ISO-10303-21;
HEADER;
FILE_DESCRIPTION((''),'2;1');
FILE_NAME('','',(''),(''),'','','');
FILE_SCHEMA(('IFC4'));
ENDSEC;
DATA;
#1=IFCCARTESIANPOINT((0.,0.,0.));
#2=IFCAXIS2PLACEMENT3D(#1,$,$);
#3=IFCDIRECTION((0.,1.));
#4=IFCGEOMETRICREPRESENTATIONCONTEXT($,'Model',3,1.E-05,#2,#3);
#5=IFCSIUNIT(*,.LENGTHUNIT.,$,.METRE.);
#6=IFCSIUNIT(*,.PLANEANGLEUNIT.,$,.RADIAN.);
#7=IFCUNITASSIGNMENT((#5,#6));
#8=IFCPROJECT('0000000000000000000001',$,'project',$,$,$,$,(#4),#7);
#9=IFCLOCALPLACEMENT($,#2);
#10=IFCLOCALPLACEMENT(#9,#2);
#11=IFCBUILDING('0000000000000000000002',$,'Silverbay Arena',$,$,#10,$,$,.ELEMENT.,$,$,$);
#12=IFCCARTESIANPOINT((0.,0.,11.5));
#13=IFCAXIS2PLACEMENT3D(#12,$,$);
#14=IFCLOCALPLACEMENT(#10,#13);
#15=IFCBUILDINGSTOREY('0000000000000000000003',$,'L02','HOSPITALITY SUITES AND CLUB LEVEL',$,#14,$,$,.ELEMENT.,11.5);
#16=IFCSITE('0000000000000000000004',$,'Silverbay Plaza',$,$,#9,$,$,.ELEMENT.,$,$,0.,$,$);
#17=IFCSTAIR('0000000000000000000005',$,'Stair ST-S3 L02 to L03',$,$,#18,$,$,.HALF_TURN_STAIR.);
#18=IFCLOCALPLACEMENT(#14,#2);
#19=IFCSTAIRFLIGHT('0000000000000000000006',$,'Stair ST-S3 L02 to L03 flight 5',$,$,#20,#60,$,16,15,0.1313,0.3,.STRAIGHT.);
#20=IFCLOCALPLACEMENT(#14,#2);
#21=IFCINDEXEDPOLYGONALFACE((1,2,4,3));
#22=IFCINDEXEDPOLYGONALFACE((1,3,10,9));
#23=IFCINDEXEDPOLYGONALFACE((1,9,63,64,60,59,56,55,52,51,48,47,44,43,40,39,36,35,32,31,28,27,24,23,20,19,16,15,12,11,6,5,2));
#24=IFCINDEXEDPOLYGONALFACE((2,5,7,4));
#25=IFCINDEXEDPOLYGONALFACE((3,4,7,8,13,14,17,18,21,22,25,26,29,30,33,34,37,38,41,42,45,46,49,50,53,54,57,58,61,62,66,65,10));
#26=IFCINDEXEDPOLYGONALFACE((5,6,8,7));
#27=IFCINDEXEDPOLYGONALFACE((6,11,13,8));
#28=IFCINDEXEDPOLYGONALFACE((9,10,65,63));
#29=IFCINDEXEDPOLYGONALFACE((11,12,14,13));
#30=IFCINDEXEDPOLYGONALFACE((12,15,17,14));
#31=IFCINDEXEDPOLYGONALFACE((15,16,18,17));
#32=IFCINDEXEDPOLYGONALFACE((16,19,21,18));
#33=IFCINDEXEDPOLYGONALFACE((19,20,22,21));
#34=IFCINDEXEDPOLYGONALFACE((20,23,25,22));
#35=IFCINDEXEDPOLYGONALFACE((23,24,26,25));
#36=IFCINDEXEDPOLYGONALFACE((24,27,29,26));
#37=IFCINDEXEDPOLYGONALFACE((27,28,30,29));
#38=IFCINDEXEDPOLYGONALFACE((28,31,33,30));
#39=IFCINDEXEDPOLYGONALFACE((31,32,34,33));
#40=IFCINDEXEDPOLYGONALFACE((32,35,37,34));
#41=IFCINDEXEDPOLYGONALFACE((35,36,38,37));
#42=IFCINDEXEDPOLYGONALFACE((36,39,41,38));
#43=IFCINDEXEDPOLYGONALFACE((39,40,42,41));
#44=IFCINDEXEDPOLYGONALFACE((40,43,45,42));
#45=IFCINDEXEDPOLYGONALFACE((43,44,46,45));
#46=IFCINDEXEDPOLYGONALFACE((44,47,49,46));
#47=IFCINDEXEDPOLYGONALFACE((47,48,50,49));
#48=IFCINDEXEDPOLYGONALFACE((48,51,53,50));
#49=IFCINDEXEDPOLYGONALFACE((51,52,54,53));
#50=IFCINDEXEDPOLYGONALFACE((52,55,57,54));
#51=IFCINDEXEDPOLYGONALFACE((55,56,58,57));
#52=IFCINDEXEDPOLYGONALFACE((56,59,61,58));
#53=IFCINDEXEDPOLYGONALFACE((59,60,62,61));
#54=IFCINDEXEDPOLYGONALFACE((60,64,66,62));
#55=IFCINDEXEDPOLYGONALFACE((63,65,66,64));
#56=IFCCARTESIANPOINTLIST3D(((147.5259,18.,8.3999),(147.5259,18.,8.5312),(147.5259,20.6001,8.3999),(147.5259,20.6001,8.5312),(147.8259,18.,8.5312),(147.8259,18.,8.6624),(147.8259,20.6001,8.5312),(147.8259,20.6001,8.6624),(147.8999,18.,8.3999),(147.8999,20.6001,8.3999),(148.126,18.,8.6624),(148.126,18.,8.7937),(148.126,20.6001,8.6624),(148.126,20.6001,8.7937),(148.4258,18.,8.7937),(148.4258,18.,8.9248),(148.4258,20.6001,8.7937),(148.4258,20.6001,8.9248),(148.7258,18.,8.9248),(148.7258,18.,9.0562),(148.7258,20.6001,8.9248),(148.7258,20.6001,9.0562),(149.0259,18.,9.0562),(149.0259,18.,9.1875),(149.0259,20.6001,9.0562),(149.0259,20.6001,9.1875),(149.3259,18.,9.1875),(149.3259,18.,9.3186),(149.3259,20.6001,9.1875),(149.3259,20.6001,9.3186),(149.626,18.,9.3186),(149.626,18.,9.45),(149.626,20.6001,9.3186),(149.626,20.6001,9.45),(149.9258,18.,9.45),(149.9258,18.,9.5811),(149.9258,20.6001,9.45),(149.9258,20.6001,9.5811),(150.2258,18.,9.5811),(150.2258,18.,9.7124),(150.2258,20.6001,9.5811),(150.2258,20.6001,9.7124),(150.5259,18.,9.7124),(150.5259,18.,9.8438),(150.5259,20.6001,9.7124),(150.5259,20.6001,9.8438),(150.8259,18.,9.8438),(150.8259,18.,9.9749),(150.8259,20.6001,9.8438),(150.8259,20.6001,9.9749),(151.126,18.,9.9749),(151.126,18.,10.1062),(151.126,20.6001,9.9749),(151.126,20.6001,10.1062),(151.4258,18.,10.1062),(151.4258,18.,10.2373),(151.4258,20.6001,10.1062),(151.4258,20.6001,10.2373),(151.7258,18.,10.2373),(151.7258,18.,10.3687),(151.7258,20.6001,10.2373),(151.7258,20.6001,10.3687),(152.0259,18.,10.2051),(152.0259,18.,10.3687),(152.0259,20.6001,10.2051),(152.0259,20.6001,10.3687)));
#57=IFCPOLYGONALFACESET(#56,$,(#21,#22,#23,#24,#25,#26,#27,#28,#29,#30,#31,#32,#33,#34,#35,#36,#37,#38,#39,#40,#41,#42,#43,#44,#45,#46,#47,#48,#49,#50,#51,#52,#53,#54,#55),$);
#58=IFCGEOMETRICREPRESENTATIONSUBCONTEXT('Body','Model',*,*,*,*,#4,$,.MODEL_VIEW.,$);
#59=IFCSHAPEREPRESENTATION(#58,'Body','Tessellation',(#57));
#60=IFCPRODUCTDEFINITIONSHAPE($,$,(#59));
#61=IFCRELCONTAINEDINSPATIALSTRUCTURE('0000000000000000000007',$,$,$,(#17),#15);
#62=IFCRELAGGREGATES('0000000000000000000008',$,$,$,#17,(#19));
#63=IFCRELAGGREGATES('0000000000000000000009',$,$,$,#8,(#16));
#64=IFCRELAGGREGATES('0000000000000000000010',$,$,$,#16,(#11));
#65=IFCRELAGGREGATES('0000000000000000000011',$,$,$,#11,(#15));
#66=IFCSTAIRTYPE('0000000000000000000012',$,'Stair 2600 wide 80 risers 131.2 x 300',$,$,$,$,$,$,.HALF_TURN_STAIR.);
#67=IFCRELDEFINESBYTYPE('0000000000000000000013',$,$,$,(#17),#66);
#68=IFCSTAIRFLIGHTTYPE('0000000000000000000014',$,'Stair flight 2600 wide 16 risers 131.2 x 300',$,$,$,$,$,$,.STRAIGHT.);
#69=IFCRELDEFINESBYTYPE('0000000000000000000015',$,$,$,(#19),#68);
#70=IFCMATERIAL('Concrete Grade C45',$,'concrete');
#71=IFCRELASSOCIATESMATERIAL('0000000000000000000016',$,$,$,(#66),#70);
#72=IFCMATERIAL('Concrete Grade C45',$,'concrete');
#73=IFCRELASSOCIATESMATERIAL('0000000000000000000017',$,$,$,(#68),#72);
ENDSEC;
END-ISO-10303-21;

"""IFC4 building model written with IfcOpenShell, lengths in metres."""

from ifc_helpers import new_model, si_unit, direction, frame, origin, place, context, subcontext, project, spatial, polyline, outline, extrude, material, type_object, element, aggregate, save


model = new_model("IFC4")

# Units and contexts
model_context = context("Model", 3, precision=1e-05, world=origin(), true_north=direction((0.0, 1.0)))
body_context = subcontext(model_context, "Body", "Model", "MODEL_VIEW")
ifc_project = project(units=[si_unit("LENGTHUNIT", "METRE"), si_unit("PLANEANGLEUNIT", "RADIAN")], contexts=[model_context])

# Site, building, storey
site_placement = place(None, origin())
site = spatial("IfcSite", under=ifc_project, at=site_placement, Name="Silverbay Plaza", CompositionType="ELEMENT", RefElevation=0.0)
building_placement = place(site_placement, origin())
building = spatial("IfcBuilding", under=site, at=building_placement, Name="Silverbay Arena", CompositionType="ELEMENT")
storey_placement = place(building_placement, frame((0.0, 0.0, 11.5)))
storey = spatial("IfcBuildingStorey", under=building, at=storey_placement, Name="L02", Description="HOSPITALITY SUITES AND CLUB LEVEL", CompositionType="ELEMENT", Elevation=11.5)

# Stair, stair flight
ifc_material_1 = material(Name="Concrete Grade C45", Category="concrete")
stair_type = type_object("IfcStairType", Name="Stair 2600 wide 80 risers 131.2 x 300", PredefinedType="HALF_TURN_STAIR", material=ifc_material_1)
stair_placement = place(storey_placement, origin())
stair = element("IfcStair", 1, at=stair_placement, inside=storey, type_object=stair_type, Name="Stair ST-S3 L02 to L03", PredefinedType="HALF_TURN_STAIR")
ifc_material_2 = material(Name="Concrete Grade C45", Category="concrete")
stair_flight_type = type_object("IfcStairFlightType", Name="Stair flight 2600 wide 16 risers 131.2 x 300", PredefinedType="STRAIGHT", material=ifc_material_2)
stair_flight_1_placement = place(storey_placement, frame((147.5259, 19.3, 8.3999), z_axis=(0.0, 0.0, 1.0), x_axis=(1.0, 0.0, 0.0)))
stair_flight_1 = element("IfcStairFlight", 2, at=stair_flight_1_placement, type_object=stair_flight_type, Name="Stair ST-S3 L02 to L03 flight 5", NumberOfRisers=16, NumberOfTreads=15, PredefinedType="STRAIGHT", RiserHeight=0.1313, TreadLength=0.3, context=body_context, shape_type="SweptSolid", body=[
    extrude(outline(polyline([(0.0, 0.0), (0.0, 0.1313), (0.3, 0.1313), (0.3, 0.2625), (0.6001, 0.2625), (0.6001, 0.3938), (0.8999, 0.3938), (0.8999, 0.5249), (1.2, 0.5249), (1.2, 0.6562), (1.5, 0.6562), (1.5, 0.7876), (1.8, 0.7876), (1.8, 0.9187), (2.1001, 0.9187), (2.1001, 1.05), (2.3999, 1.05), (2.3999, 1.1812), (2.7, 1.1812), (2.7, 1.3125), (3.0, 1.3125), (3.0, 1.4438), (3.3, 1.4438), (3.3, 1.575), (3.6001, 1.575), (3.6001, 1.7063), (3.8999, 1.7063), (3.8999, 1.8374), (4.2, 1.8374), (4.2, 1.9688), (4.5, 1.9688), (4.5, 1.8052), (0.374, 0.0), (0.0, 0.0)])), frame((0.0, 1.3, 0.0), z_axis=(0.0, -1.0, 0.0), x_axis=(1.0, 0.0, 0.0)), (0.0, 0.0, 1.0), 2.6001),
])
aggregate(stair, [stair_flight_1])

save(model, "model.ifc")
